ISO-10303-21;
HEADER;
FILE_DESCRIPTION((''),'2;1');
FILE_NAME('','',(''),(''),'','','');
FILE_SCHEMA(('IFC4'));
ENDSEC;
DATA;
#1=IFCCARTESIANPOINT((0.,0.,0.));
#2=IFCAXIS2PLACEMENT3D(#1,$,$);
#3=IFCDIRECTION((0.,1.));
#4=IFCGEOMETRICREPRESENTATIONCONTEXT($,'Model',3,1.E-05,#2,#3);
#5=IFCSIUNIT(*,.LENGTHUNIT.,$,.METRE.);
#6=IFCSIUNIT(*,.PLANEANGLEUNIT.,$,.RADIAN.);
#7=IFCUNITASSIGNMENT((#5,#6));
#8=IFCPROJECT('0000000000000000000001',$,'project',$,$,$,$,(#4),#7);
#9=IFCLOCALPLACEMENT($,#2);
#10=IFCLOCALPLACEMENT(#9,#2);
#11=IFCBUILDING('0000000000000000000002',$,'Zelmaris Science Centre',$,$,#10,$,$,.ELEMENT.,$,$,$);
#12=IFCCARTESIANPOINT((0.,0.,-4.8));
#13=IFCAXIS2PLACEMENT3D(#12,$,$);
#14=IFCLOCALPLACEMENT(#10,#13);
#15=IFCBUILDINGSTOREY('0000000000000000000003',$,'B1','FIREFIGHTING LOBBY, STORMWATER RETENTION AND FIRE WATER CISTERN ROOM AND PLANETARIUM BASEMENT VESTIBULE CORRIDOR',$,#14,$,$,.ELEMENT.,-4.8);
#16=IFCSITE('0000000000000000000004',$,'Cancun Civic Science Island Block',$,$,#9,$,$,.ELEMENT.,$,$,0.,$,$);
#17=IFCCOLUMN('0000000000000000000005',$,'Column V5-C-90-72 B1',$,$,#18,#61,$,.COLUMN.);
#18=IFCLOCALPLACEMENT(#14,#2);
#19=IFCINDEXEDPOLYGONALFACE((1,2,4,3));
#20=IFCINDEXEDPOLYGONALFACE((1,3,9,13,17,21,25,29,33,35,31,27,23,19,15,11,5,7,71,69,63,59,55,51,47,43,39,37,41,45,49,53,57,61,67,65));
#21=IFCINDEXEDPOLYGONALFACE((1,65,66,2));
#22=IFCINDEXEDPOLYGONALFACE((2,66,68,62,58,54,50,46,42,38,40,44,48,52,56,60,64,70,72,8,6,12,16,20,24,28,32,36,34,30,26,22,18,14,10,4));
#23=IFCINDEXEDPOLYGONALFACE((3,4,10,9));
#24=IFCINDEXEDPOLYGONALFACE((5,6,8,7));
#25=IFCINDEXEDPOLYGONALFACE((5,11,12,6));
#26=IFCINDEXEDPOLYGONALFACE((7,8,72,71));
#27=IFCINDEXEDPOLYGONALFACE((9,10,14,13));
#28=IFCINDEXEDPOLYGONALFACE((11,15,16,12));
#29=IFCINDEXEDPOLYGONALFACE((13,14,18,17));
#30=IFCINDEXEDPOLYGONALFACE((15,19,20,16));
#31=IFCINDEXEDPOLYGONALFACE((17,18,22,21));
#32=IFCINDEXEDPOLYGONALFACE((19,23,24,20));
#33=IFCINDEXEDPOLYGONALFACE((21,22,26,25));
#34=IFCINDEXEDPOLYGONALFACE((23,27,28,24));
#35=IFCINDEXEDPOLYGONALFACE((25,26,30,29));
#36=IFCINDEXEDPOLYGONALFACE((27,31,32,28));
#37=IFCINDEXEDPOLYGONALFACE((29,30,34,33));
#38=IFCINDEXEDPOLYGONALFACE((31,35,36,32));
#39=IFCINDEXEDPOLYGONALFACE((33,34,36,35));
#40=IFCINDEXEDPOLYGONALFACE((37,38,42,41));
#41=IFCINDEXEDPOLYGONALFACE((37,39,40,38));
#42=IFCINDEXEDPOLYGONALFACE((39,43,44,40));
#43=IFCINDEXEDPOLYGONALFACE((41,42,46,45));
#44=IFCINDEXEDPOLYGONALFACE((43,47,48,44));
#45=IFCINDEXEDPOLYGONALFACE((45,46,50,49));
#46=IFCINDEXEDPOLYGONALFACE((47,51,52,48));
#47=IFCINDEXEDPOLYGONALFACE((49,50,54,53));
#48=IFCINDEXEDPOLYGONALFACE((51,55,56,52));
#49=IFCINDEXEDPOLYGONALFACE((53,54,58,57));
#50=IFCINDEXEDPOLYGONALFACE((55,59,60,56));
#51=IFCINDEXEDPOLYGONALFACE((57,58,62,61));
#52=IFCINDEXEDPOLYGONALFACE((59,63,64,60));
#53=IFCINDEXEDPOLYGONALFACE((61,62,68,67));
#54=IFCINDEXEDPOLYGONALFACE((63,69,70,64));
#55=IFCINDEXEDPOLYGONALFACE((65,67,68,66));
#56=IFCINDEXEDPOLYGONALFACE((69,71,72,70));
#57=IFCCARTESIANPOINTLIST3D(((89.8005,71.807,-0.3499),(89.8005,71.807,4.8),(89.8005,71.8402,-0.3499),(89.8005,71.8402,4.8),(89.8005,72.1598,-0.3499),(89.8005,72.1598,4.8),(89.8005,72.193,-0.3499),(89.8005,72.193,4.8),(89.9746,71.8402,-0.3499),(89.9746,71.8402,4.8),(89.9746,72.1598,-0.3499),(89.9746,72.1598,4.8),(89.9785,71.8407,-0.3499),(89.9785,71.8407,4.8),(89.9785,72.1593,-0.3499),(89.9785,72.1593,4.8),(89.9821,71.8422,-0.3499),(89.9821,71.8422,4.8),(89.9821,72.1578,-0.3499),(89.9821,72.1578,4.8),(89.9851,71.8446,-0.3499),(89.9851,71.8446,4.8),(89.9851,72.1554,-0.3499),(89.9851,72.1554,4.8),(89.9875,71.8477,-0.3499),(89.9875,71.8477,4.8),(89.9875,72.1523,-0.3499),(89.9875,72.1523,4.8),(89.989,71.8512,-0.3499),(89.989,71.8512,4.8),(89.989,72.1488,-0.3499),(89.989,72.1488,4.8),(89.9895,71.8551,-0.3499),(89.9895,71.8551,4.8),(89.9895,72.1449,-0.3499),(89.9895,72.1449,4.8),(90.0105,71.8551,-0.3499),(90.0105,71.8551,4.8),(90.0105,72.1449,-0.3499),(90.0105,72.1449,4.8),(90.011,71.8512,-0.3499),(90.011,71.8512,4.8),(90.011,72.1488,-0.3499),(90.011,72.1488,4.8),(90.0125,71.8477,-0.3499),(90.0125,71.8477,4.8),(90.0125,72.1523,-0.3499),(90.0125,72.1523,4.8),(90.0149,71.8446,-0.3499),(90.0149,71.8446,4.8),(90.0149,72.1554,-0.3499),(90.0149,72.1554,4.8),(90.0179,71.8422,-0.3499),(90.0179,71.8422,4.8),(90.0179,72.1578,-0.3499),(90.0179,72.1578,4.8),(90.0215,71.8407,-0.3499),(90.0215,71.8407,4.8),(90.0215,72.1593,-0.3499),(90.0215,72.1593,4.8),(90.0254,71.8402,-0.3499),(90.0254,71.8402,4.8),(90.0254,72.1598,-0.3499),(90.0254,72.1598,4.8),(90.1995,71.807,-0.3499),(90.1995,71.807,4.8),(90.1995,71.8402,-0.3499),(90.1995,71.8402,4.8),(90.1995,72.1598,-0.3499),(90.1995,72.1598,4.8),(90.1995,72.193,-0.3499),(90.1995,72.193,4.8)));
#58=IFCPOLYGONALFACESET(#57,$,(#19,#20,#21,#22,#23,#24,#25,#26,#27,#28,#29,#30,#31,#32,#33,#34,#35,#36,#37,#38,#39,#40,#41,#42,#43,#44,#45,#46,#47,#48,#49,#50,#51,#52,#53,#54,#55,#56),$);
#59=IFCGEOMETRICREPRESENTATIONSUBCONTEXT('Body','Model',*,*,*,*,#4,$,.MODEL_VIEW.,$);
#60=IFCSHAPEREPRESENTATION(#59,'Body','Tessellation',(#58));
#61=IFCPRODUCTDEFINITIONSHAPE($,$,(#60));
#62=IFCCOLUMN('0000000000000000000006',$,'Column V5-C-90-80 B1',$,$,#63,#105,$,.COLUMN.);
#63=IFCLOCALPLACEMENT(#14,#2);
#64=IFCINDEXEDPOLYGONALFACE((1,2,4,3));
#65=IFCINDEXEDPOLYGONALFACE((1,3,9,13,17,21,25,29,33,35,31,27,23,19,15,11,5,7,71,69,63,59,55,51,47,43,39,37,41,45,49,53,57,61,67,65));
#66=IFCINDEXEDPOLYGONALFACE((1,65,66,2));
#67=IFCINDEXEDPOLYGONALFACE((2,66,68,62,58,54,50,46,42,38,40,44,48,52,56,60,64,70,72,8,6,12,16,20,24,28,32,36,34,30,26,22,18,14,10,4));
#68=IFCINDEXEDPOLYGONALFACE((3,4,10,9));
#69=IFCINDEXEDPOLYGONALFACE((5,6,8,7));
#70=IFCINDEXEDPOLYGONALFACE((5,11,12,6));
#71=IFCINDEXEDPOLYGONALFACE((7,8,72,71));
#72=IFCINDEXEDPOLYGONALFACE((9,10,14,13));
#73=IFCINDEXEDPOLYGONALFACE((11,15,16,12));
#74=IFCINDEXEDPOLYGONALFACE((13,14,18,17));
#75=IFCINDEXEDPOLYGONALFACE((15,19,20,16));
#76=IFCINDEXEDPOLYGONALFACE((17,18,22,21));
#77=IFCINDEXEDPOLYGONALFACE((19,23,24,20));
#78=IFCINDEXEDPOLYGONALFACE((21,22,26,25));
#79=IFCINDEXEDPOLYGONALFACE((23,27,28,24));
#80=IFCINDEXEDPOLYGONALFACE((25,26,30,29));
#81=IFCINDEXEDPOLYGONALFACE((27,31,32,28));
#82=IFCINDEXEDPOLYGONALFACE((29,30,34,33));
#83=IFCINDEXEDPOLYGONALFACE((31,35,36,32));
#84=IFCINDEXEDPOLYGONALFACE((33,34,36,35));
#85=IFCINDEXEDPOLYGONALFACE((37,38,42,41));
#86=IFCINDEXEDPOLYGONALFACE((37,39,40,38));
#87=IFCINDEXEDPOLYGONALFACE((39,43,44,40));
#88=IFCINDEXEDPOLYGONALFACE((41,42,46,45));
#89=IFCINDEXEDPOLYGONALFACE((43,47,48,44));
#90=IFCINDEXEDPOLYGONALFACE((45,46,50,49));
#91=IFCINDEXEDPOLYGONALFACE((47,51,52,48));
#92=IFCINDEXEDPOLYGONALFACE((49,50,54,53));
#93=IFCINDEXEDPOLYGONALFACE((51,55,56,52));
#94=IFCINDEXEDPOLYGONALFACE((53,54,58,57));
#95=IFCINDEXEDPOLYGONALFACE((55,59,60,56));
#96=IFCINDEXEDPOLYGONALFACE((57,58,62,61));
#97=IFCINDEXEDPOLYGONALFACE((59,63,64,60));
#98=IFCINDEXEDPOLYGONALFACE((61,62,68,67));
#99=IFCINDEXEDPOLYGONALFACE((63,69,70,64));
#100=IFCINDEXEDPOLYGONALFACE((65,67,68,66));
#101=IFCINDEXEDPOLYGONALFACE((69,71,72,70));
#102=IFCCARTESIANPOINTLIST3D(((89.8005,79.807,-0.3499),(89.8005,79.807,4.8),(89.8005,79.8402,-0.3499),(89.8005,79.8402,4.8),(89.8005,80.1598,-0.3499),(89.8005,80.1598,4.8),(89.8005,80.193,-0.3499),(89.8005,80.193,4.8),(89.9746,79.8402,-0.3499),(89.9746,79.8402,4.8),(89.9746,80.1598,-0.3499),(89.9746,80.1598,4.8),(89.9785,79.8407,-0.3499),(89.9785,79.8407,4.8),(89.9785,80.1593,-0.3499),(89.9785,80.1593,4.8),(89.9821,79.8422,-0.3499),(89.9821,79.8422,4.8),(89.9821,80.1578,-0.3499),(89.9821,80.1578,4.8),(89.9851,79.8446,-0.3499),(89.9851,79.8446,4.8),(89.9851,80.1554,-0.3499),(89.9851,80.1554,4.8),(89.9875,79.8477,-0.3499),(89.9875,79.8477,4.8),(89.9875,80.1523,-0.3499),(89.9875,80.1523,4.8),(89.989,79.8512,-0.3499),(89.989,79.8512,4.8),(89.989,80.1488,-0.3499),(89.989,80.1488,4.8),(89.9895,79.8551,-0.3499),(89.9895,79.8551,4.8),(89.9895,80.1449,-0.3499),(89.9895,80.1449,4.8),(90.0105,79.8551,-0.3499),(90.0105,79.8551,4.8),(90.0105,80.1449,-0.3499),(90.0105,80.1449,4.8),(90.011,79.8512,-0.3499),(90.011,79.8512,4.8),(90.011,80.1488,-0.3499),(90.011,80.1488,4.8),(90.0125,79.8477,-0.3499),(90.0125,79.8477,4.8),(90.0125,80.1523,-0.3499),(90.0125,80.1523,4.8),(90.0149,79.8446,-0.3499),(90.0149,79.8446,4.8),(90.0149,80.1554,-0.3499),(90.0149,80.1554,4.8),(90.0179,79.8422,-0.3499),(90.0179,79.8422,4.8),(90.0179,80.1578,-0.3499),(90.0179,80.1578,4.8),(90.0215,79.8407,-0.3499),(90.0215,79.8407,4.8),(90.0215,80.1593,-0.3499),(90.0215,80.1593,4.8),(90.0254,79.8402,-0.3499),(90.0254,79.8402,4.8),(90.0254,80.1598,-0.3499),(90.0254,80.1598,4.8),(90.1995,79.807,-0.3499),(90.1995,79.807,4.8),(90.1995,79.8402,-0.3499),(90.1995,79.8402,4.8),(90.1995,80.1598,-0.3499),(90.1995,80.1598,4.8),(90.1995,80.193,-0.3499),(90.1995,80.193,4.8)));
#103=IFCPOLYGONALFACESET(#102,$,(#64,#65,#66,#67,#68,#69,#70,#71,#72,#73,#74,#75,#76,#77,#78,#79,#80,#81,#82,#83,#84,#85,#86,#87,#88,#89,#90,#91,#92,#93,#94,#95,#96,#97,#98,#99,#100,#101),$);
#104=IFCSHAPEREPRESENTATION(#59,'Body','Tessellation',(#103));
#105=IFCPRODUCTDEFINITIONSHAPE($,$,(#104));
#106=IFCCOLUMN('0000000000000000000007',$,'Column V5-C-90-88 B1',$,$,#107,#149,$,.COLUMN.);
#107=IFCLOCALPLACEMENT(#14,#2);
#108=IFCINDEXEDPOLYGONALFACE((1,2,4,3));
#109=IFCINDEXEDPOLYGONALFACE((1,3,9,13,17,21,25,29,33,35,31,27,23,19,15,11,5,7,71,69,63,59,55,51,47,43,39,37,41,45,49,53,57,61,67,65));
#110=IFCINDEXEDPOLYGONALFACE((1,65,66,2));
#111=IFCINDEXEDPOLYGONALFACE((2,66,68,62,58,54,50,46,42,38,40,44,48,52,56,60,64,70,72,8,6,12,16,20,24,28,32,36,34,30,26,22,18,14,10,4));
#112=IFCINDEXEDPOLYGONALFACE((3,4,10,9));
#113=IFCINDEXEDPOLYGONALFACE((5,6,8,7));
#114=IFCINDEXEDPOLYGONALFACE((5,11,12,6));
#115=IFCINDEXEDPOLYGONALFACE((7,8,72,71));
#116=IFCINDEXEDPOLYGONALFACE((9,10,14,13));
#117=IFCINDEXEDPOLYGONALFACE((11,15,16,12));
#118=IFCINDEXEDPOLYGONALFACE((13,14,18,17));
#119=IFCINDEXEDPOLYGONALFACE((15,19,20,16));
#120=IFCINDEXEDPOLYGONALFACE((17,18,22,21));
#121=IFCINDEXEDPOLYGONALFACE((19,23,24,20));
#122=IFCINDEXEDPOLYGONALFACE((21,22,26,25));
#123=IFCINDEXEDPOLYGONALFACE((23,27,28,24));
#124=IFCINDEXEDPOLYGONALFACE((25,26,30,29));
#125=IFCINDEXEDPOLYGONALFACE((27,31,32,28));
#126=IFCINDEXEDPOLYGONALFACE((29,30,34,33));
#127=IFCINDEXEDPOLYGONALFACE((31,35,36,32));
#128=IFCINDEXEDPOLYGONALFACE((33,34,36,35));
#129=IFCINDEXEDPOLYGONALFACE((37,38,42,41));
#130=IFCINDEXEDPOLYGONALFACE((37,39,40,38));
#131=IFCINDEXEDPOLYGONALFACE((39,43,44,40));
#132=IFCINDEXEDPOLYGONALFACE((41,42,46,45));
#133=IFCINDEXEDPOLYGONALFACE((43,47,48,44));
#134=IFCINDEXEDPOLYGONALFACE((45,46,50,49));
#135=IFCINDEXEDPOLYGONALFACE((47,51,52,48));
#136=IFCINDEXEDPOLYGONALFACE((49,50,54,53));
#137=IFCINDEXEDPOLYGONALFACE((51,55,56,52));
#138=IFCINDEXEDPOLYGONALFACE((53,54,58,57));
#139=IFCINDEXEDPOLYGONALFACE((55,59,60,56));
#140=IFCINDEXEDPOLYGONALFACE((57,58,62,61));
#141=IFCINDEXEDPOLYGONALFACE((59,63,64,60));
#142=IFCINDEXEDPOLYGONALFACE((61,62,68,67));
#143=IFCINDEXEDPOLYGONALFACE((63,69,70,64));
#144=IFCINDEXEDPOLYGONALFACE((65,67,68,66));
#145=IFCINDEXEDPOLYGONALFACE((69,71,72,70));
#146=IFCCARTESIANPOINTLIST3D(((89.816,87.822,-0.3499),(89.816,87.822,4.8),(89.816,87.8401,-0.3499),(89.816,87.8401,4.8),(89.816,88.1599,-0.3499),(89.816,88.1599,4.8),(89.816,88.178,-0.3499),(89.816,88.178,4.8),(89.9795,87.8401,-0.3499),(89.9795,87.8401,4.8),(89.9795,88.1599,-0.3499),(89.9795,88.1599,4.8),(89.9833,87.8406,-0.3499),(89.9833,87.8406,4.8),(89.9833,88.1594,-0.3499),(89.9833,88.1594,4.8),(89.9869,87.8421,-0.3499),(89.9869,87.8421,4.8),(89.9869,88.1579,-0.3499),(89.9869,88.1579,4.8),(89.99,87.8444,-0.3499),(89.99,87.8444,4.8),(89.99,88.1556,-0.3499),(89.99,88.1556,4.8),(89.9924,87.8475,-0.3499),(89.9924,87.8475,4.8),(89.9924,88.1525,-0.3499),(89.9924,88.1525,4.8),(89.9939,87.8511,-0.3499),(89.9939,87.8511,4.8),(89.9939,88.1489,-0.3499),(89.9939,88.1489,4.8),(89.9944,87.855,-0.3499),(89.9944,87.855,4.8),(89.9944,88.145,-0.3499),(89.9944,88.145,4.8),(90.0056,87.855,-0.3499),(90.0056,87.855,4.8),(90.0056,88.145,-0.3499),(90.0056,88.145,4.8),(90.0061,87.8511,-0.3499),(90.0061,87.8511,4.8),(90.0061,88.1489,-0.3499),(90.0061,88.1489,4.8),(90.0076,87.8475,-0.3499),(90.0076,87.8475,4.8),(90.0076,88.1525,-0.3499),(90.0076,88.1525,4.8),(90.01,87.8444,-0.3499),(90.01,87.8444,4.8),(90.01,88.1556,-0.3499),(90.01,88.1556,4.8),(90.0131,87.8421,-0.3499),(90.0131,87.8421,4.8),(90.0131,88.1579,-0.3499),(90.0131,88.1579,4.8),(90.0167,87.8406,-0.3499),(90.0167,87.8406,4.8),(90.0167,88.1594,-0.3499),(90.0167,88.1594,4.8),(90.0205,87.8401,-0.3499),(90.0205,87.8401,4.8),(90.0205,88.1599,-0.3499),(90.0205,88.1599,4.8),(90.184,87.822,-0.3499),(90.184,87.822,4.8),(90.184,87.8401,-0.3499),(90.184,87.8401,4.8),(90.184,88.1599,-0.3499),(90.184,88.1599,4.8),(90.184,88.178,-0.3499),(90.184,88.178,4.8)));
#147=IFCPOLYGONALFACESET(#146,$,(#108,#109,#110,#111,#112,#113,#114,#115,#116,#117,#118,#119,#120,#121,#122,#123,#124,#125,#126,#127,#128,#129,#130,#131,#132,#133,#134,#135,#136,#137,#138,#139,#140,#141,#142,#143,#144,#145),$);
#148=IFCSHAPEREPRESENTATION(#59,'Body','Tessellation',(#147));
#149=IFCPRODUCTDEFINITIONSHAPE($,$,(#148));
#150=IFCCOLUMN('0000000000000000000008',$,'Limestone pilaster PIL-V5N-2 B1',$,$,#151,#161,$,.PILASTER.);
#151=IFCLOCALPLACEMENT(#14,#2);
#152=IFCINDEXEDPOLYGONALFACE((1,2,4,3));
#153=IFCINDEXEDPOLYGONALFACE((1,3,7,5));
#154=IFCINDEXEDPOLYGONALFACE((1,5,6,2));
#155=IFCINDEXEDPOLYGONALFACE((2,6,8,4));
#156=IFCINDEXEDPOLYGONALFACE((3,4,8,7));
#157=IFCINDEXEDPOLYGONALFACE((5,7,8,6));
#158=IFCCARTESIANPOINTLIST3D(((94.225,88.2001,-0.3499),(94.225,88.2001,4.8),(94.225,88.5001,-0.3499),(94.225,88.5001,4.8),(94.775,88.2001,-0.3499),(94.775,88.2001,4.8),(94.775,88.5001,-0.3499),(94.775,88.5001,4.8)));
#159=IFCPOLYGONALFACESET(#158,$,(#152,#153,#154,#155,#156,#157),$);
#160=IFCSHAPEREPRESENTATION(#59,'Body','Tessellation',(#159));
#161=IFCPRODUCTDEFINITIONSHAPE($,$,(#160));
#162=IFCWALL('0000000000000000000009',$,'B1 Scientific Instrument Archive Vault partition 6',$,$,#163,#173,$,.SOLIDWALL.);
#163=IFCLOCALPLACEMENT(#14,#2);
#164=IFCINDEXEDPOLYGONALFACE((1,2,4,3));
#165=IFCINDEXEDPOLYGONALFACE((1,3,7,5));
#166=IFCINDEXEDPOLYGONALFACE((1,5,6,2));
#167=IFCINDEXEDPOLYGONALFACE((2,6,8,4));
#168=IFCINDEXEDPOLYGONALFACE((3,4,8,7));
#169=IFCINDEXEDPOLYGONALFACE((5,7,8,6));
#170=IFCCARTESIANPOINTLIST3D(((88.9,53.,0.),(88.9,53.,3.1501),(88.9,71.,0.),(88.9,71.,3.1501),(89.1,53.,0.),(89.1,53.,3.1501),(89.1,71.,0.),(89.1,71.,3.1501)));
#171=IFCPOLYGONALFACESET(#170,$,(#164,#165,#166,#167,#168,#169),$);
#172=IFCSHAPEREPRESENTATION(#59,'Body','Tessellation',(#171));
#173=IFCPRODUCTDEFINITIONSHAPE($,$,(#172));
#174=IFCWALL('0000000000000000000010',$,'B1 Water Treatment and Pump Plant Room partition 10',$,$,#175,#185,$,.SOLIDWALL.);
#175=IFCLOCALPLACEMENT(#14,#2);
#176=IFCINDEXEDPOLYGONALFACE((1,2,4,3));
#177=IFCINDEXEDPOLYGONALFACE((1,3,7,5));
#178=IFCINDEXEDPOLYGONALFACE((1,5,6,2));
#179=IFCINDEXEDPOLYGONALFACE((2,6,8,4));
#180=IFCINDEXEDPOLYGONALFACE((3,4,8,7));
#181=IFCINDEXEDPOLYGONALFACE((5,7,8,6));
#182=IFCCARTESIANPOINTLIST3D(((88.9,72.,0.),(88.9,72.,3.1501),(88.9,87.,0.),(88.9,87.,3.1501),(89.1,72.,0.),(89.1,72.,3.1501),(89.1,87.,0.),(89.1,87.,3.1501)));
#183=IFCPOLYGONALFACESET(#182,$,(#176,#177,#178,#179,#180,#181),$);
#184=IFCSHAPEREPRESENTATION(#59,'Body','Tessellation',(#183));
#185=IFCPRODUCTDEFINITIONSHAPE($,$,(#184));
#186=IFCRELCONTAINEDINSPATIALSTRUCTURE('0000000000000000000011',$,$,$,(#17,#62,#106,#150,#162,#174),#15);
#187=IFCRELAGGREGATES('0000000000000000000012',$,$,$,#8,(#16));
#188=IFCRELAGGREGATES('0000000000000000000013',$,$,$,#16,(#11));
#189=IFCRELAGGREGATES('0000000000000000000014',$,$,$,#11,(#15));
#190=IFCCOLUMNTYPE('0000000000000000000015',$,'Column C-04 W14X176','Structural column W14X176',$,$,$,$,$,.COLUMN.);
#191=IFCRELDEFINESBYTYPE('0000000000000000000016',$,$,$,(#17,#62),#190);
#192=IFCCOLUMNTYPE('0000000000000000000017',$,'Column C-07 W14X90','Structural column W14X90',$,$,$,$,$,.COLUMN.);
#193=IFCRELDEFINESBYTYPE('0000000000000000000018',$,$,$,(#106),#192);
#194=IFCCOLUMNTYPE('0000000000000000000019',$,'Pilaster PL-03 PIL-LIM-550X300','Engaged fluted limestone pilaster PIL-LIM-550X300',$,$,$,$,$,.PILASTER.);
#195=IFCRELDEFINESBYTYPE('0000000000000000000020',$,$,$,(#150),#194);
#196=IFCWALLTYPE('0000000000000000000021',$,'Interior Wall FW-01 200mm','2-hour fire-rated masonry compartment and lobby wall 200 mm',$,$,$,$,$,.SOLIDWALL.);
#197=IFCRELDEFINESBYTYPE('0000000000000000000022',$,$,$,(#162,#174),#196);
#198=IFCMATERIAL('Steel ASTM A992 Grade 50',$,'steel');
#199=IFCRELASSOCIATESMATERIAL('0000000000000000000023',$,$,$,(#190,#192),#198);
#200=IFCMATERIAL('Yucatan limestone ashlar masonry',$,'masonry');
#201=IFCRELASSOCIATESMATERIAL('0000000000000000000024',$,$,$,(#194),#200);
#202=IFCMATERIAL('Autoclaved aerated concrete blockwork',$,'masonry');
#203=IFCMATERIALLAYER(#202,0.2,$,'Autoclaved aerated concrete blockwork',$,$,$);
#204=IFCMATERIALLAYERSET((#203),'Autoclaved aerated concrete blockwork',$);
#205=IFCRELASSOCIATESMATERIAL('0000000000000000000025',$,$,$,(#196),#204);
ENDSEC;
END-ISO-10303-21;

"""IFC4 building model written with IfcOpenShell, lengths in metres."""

from ifc_helpers import new_model, si_unit, direction, frame, frame_2d, origin, origin_2d, place, context, subcontext, project, spatial, rectangle, i_section, extrude, material, layer, layer_set, material_profile, profile_set, type_object, element, save


model = new_model("IFC4")

# Units and contexts
model_context = context("Model", 3, precision=1e-05, world=origin(), true_north=direction((0.0, 1.0)))
body_context = subcontext(model_context, "Body", "Model", "MODEL_VIEW")
ifc_project = project(units=[si_unit("LENGTHUNIT", "METRE"), si_unit("PLANEANGLEUNIT", "RADIAN")], contexts=[model_context])

# Site, building, storey
site_placement = place(None, origin())
site = spatial("IfcSite", under=ifc_project, at=site_placement, Name="Cancun Civic Science Island Block", CompositionType="ELEMENT", RefElevation=0.0)
building_placement = place(site_placement, origin())
building = spatial("IfcBuilding", under=site, at=building_placement, Name="Zelmaris Science Centre", CompositionType="ELEMENT")
storey_placement = place(building_placement, frame((0.0, 0.0, -4.8)))
storey = spatial("IfcBuildingStorey", under=building, at=storey_placement, Name="B1", Description="FIREFIGHTING LOBBY, STORMWATER RETENTION AND FIRE WATER CISTERN ROOM AND PLANETARIUM BASEMENT VESTIBULE CORRIDOR", CompositionType="ELEMENT", Elevation=-4.8)

# Columns
ifc_material_1 = material(Name="Steel ASTM A992 Grade 50", Category="steel")
ifc_material_profile_1 = material_profile(ifc_material_1, i_section(OverallWidth=0.3989, OverallDepth=0.386, WebThickness=0.021, FlangeThickness=0.0332, FilletRadius=0.0149, at=origin_2d()), Name="W14X176")
ifc_profile_set_1 = profile_set([ifc_material_profile_1], Name="Steel ASTM A992 Grade 50")
column_type_1 = type_object("IfcColumnType", Name="Column C-04 W14X176", Description="Structural column W14X176", PredefinedType="COLUMN", material=ifc_profile_set_1)
for number, where, z_axis, x_axis, name in (
    (1, (90.0, 72.0, -0.3499), (0.0, 0.0, 1.0), (1.0, 0.0, 0.0), "Column V5-C-90-72 B1"),
    (2, (90.0, 80.0, -0.3499), (0.0, 0.0, 1.0), (1.0, 0.0, 0.0), "Column V5-C-90-80 B1"),
):
    element("IfcColumn", number, at=place(storey_placement, frame(where, z_axis=z_axis, x_axis=x_axis)), inside=storey, type_object=column_type_1, Name=name, PredefinedType="COLUMN", context=body_context, shape_type="SweptSolid", body=[
        extrude(i_section(OverallWidth=0.3989, OverallDepth=0.386, WebThickness=0.021, FlangeThickness=0.0332, FilletRadius=0.0149, at=origin_2d()), origin(), (0.0, 0.0, 1.0), 5.1499),
    ])
ifc_material_profile_2 = material_profile(ifc_material_1, i_section(OverallWidth=0.3679, OverallDepth=0.356, WebThickness=0.0112, FlangeThickness=0.0181, FilletRadius=0.0149, at=origin_2d()), Name="W14X90")
ifc_profile_set_2 = profile_set([ifc_material_profile_2], Name="Steel ASTM A992 Grade 50")
column_type_2 = type_object("IfcColumnType", Name="Column C-07 W14X90", Description="Structural column W14X90", PredefinedType="COLUMN", material=ifc_profile_set_2)
column_1_placement = place(storey_placement, frame((90.0, 88.0, -0.3499), z_axis=(0.0, 0.0, 1.0), x_axis=(1.0, 0.0, 0.0)))
element("IfcColumn", 3, at=column_1_placement, inside=storey, type_object=column_type_2, Name="Column V5-C-90-88 B1", PredefinedType="COLUMN", context=body_context, shape_type="SweptSolid", body=[
    extrude(i_section(OverallWidth=0.3679, OverallDepth=0.356, WebThickness=0.0112, FlangeThickness=0.0181, FilletRadius=0.0149, at=origin_2d()), origin(), (0.0, 0.0, 1.0), 5.1499),
])
ifc_material_2 = material(Name="Yucatan limestone ashlar masonry", Category="masonry")
ifc_material_profile_3 = material_profile(ifc_material_2, rectangle(XDim=0.55, YDim=0.3, at=origin_2d()), Name="PIL-LIM-550X300")
ifc_profile_set_3 = profile_set([ifc_material_profile_3], Name="Yucatan limestone ashlar masonry")
column_type_3 = type_object("IfcColumnType", Name="Pilaster PL-03 PIL-LIM-550X300", Description="Engaged fluted limestone pilaster PIL-LIM-550X300", PredefinedType="PILASTER", material=ifc_profile_set_3)
column_2_placement = place(storey_placement, frame((94.5, 88.3501, -0.3499), z_axis=(0.0, 0.0, 1.0), x_axis=(1.0, 0.0, 0.0)))
element("IfcColumn", 4, at=column_2_placement, inside=storey, type_object=column_type_3, Name="Limestone pilaster PIL-V5N-2 B1", PredefinedType="PILASTER", context=body_context, shape_type="SweptSolid", body=[
    extrude(rectangle(XDim=0.55, YDim=0.3, at=origin_2d()), origin(), (0.0, 0.0, 1.0), 5.1499),
])

# Walls
ifc_material_3 = material(Name="Autoclaved aerated concrete blockwork", Category="masonry")
ifc_layer_1 = layer(ifc_material_3, 0.2, Name="Autoclaved aerated concrete blockwork")
ifc_layer_set_1 = layer_set([ifc_layer_1], Name="Autoclaved aerated concrete blockwork")
wall_type_1 = type_object("IfcWallType", Name="Interior Wall FW-01 200mm", Description="2-hour fire-rated masonry compartment and lobby wall 200 mm", PredefinedType="SOLIDWALL", material=ifc_layer_set_1)
wall_1_placement = place(storey_placement, frame((89.0, 71.0, 0.0), z_axis=(0.0, 0.0, 1.0), x_axis=(0.0, -1.0, 0.0)))
element("IfcWall", 5, at=wall_1_placement, inside=storey, type_object=wall_type_1, Name="B1 Scientific Instrument Archive Vault partition 6", PredefinedType="SOLIDWALL", context=body_context, shape_type="SweptSolid", body=[
    extrude(rectangle(XDim=18.0, YDim=0.2, at=frame_2d((9.0, 0.0))), origin(), (0.0, 0.0, 1.0), 3.1501),
])
wall_2_placement = place(storey_placement, frame((89.0, 87.0, 0.0), z_axis=(0.0, 0.0, 1.0), x_axis=(0.0, -1.0, 0.0)))
element("IfcWall", 6, at=wall_2_placement, inside=storey, type_object=wall_type_1, Name="B1 Water Treatment and Pump Plant Room partition 10", PredefinedType="SOLIDWALL", context=body_context, shape_type="SweptSolid", body=[
    extrude(rectangle(XDim=15.0, YDim=0.2, at=frame_2d((7.5, 0.0))), origin(), (0.0, 0.0, 1.0), 3.1501),
])

save(model, "model.ifc")
